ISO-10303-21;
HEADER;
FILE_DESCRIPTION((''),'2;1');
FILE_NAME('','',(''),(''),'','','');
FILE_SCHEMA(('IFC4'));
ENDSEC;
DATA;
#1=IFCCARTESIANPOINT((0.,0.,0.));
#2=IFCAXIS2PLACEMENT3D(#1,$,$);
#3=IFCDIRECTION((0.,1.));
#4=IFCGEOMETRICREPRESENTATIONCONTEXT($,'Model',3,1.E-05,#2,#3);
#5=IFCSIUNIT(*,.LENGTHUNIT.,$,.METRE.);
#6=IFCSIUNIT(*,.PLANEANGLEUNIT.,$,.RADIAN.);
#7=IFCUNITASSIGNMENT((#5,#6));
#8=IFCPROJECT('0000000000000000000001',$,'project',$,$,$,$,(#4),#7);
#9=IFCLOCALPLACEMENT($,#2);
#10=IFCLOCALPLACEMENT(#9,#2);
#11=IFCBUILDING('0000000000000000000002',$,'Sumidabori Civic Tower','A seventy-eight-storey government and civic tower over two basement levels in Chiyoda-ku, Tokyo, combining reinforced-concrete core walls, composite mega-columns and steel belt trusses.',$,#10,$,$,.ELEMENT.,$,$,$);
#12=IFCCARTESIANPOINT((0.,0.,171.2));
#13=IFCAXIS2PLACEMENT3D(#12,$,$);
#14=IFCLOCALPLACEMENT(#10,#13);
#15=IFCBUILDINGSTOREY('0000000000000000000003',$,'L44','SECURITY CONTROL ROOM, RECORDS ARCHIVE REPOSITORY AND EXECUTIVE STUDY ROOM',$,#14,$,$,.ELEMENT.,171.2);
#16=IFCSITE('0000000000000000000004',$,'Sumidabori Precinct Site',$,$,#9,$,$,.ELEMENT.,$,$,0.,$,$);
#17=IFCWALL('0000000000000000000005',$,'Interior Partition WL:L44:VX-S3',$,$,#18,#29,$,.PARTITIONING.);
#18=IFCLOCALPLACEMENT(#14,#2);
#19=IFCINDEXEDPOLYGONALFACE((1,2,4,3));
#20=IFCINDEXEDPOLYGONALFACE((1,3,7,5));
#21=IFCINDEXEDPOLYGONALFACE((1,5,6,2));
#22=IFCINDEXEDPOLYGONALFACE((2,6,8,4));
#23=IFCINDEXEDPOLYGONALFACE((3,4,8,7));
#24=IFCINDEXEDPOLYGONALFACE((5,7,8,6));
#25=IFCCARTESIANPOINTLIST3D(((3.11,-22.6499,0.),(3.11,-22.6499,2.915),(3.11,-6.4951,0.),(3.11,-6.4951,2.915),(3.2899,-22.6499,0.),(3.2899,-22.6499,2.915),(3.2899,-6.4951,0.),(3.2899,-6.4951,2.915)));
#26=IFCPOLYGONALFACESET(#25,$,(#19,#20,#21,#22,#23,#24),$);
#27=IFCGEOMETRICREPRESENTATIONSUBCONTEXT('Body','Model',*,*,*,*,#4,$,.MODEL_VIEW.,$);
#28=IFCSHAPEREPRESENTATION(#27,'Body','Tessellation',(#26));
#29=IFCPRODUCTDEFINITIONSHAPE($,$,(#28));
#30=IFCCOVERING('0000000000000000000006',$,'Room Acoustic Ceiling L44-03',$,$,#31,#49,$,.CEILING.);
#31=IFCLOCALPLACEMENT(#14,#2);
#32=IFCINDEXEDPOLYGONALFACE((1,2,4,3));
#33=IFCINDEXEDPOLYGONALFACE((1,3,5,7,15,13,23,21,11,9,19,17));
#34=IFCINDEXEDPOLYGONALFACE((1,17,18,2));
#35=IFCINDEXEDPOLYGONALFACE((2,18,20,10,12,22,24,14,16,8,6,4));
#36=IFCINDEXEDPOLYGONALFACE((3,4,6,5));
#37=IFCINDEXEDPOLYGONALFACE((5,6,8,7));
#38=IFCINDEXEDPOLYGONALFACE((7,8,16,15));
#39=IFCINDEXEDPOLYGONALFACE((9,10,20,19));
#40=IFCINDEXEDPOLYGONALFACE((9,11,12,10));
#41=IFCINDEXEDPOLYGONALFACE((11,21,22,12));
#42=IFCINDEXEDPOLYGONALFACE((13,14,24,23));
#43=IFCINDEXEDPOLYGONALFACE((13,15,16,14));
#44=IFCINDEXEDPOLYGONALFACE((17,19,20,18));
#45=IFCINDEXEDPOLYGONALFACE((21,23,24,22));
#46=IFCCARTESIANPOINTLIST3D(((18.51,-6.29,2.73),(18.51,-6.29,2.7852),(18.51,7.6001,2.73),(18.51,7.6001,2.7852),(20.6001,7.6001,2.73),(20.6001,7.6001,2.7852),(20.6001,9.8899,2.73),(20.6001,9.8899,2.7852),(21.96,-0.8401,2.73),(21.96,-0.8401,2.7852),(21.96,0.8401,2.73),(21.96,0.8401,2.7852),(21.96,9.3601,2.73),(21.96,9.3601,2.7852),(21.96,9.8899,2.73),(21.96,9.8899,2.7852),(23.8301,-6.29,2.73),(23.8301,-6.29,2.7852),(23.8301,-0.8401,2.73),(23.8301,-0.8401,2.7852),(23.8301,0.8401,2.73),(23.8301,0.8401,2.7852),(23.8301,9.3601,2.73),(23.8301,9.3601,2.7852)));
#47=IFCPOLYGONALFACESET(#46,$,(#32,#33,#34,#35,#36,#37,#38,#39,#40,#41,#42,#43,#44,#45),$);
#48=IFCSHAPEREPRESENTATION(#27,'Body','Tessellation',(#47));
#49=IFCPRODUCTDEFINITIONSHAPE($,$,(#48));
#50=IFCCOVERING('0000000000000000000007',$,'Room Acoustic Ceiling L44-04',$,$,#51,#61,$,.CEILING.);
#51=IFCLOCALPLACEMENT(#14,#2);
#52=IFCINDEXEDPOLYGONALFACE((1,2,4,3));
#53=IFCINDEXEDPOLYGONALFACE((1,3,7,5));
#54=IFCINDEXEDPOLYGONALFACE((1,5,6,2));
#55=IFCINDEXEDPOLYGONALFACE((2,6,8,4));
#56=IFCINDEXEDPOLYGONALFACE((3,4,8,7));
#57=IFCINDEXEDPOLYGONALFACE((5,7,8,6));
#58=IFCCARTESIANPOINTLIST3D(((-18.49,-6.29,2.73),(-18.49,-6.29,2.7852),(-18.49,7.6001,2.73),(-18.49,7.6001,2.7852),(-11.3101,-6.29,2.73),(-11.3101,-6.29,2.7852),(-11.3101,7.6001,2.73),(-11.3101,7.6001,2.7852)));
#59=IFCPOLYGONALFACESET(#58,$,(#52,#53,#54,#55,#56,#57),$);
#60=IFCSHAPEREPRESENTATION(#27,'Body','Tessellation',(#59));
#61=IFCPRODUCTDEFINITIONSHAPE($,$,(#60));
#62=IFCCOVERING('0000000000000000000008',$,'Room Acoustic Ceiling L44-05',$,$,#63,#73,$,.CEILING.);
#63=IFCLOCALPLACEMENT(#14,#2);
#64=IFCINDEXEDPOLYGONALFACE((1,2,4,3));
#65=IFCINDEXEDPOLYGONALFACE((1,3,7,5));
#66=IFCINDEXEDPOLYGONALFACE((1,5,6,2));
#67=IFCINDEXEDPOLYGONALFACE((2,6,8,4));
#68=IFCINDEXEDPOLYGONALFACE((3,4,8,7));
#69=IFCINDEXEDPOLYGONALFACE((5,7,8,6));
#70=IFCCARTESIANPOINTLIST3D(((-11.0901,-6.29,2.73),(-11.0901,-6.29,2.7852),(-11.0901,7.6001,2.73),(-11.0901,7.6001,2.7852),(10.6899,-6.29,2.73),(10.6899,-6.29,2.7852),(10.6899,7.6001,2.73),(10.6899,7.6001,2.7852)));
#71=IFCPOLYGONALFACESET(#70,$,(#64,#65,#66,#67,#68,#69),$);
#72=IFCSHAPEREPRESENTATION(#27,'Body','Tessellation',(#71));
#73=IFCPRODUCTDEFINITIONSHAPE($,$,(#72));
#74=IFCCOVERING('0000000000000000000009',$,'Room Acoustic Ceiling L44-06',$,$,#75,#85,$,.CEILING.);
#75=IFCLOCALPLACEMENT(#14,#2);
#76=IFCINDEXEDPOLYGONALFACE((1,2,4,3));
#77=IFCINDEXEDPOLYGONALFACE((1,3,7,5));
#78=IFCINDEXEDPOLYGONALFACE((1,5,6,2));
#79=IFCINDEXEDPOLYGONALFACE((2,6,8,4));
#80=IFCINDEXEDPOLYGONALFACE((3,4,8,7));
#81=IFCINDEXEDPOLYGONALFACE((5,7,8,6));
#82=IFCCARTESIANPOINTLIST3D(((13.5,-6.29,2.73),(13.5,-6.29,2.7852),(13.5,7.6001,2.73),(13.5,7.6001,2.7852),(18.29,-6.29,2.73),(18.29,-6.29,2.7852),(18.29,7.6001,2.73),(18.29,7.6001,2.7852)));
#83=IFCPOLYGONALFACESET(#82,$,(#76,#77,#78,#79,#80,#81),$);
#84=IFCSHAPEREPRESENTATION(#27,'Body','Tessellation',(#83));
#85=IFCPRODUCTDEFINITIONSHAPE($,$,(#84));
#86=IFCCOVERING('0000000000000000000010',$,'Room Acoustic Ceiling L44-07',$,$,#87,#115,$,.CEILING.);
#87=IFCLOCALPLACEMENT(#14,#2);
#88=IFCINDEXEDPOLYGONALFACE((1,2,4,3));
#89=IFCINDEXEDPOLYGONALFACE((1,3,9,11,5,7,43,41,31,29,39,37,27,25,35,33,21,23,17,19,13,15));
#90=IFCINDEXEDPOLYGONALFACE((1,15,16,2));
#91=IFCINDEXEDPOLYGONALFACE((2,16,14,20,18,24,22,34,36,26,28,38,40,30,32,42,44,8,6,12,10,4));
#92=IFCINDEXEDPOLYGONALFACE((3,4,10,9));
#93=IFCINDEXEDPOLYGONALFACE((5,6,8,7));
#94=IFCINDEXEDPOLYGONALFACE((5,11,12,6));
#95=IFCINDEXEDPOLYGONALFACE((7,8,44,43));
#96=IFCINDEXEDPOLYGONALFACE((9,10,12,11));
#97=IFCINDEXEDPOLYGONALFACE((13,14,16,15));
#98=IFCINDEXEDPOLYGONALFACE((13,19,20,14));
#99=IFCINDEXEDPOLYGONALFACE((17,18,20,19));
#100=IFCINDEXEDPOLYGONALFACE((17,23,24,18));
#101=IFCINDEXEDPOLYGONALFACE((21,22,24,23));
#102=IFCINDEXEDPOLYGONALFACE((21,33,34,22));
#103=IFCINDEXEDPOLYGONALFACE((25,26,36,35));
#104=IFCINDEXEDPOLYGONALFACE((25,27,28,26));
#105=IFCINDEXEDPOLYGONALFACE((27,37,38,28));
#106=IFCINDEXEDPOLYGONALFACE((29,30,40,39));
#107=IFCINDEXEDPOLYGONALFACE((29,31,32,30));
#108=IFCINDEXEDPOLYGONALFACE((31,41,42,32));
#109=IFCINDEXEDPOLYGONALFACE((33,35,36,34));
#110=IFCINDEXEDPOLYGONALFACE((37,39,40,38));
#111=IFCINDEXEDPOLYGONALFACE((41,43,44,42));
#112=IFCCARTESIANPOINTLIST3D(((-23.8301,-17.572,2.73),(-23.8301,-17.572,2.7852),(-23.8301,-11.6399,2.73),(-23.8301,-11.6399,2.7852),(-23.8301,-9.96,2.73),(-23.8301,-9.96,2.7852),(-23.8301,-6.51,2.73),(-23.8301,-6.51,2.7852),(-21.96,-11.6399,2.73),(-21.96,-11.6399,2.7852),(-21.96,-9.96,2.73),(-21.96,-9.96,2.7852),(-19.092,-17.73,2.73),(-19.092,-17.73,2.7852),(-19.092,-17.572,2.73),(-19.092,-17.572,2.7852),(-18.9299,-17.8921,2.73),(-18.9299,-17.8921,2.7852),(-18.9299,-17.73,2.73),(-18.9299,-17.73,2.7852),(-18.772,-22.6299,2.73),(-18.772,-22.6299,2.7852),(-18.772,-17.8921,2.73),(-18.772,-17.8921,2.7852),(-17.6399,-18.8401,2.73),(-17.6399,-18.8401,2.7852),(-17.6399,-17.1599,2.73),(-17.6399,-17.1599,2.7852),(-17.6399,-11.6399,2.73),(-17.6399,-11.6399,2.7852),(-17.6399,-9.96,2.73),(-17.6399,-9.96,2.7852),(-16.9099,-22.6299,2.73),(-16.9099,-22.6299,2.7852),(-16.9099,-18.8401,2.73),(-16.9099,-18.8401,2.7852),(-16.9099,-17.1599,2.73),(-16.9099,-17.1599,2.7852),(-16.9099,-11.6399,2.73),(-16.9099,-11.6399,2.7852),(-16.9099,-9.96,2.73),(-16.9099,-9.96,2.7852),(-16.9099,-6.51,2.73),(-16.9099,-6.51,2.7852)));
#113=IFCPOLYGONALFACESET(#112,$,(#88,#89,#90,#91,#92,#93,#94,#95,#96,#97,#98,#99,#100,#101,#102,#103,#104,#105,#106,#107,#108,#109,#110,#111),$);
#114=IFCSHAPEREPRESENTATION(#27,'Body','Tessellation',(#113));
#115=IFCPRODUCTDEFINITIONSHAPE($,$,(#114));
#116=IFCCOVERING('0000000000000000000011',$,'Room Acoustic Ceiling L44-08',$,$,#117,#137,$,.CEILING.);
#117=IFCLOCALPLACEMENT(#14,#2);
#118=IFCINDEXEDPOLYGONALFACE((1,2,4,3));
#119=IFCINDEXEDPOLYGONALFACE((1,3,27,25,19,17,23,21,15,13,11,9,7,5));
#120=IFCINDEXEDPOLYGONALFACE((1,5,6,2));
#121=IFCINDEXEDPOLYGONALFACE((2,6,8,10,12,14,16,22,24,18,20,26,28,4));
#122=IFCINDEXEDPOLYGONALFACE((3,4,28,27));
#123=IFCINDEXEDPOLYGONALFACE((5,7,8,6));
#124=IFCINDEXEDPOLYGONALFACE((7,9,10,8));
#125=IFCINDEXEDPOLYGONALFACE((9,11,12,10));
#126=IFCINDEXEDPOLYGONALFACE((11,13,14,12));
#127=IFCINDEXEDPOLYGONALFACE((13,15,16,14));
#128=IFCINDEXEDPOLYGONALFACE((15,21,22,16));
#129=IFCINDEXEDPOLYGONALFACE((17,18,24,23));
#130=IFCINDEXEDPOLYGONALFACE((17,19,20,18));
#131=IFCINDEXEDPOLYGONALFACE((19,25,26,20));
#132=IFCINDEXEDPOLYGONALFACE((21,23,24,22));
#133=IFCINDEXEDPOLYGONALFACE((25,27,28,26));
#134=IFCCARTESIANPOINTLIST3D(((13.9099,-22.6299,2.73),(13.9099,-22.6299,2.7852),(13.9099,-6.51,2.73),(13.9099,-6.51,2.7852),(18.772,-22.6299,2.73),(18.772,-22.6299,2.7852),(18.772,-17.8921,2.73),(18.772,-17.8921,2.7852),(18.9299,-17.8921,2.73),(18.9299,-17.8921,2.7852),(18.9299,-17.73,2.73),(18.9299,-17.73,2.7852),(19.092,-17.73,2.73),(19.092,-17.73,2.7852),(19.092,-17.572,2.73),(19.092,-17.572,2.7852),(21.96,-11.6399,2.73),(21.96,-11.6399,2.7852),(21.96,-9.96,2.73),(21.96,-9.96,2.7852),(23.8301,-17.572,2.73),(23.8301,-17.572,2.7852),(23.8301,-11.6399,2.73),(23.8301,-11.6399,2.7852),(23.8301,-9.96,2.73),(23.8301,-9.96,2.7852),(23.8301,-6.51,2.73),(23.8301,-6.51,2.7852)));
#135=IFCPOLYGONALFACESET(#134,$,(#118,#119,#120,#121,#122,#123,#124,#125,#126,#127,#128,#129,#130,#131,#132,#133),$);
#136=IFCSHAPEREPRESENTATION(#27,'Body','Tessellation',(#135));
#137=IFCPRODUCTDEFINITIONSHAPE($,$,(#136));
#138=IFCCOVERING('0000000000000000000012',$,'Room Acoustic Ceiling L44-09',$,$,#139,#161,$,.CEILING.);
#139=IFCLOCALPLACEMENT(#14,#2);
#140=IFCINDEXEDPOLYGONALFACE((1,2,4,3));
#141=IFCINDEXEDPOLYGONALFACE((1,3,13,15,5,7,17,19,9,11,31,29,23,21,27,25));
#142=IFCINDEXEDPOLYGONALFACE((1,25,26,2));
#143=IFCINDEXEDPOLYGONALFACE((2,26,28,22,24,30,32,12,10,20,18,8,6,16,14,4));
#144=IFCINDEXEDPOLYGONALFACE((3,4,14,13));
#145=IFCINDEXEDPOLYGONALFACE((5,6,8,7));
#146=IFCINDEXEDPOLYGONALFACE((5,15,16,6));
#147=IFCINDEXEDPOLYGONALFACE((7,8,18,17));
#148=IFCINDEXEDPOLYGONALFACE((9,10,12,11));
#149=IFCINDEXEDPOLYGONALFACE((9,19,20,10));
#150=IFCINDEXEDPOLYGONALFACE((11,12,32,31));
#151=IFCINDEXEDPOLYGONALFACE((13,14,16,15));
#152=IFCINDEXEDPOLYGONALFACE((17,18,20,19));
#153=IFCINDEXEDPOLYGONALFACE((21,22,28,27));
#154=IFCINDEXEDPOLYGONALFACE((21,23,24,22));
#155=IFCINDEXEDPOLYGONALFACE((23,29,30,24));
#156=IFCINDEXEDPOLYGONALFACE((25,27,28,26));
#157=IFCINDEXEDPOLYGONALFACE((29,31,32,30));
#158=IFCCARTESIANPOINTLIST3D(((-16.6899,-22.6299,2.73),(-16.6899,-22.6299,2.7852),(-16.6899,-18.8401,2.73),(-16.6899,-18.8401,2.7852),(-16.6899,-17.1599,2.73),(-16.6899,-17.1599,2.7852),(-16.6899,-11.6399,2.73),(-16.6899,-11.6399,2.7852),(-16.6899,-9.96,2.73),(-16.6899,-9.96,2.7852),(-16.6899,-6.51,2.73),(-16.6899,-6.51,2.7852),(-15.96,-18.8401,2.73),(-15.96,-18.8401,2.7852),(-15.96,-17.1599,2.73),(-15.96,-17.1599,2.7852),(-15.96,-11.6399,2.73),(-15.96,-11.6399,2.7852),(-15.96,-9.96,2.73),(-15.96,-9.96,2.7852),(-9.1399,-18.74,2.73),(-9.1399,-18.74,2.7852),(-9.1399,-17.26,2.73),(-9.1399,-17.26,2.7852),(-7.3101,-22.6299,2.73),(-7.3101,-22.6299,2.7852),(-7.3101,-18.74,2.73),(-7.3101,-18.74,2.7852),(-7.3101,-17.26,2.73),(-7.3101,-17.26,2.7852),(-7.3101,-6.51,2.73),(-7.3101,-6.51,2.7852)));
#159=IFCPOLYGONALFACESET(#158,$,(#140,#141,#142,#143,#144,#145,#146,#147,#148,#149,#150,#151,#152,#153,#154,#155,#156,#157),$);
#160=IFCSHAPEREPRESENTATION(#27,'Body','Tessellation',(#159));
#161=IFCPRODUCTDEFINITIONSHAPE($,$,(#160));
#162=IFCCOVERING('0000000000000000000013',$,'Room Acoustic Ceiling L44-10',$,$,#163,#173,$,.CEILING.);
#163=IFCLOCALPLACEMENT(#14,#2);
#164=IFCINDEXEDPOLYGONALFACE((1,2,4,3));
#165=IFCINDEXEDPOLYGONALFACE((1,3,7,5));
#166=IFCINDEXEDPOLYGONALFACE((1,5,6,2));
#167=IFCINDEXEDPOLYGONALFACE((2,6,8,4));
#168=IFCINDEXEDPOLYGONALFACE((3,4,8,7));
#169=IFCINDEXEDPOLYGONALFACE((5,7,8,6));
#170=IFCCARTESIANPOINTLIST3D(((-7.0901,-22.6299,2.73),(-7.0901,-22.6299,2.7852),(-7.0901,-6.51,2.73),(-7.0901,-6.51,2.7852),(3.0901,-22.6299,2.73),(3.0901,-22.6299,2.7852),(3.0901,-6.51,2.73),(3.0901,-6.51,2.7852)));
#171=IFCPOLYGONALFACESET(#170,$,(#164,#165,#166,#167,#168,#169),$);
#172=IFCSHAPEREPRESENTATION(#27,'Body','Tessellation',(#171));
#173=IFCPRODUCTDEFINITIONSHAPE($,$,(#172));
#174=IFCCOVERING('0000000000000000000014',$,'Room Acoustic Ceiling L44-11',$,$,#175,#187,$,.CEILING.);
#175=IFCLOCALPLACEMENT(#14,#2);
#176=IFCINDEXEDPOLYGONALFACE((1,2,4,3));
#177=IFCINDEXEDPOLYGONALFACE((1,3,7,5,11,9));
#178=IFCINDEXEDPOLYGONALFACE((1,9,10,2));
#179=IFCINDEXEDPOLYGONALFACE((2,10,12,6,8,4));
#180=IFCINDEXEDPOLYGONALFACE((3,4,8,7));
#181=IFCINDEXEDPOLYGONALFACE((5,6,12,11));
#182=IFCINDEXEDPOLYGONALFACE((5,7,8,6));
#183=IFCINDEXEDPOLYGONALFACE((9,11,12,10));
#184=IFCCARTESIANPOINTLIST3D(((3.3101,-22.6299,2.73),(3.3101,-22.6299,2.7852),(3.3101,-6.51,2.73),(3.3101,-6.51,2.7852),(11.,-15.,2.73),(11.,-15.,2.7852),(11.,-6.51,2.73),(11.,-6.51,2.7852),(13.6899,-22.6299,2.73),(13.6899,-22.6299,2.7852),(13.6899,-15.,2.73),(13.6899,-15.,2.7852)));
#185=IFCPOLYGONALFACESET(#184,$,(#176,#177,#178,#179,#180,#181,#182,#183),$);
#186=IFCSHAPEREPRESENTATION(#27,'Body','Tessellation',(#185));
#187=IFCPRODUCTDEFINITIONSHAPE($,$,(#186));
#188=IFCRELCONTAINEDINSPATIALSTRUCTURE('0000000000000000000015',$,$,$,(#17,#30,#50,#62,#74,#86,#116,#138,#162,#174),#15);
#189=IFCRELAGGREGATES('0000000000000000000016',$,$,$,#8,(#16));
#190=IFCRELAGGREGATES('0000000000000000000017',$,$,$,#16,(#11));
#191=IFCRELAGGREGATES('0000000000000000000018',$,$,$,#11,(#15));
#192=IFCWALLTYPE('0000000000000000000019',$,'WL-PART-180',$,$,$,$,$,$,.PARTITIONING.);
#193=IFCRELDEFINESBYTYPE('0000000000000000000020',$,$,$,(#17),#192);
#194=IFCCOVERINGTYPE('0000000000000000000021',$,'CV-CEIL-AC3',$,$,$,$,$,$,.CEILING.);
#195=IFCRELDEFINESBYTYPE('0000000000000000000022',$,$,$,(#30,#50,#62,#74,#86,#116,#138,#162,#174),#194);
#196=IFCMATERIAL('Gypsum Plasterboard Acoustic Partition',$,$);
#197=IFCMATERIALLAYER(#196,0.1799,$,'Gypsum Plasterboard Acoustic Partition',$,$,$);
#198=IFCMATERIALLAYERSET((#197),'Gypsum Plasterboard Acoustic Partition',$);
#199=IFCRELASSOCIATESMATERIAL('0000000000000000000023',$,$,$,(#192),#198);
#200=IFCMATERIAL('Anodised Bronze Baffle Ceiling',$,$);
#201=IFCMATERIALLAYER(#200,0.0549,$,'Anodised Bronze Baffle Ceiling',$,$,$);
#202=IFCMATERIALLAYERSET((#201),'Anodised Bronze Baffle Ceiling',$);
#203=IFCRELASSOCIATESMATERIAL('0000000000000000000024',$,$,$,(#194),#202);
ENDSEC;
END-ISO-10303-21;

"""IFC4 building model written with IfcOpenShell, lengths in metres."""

from ifc_helpers import new_model, si_unit, direction, frame, frame_2d, origin, place, context, subcontext, project, spatial, polyline, rectangle, outline, extrude, source, transform, mapped, material, layer, layer_set, type_object, element, save


model = new_model("IFC4")

# Units and contexts
model_context = context("Model", 3, precision=1e-05, world=origin(), true_north=direction((0.0, 1.0)))
body_context = subcontext(model_context, "Body", "Model", "MODEL_VIEW")
ifc_project = project(units=[si_unit("LENGTHUNIT", "METRE"), si_unit("PLANEANGLEUNIT", "RADIAN")], contexts=[model_context])

# Site, building, storey
site_placement = place(None, origin())
site = spatial("IfcSite", under=ifc_project, at=site_placement, Name="Sumidabori Precinct Site", CompositionType="ELEMENT", RefElevation=0.0)
building_placement = place(site_placement, origin())
building = spatial("IfcBuilding", under=site, at=building_placement, Name="Sumidabori Civic Tower", Description="A seventy-eight-storey government and civic tower over two basement levels in Chiyoda-ku, Tokyo, combining reinforced-concrete core walls, composite mega-columns and steel belt trusses.", CompositionType="ELEMENT")
storey_placement = place(building_placement, frame((0.0, 0.0, 171.2)))
storey = spatial("IfcBuildingStorey", under=building, at=storey_placement, Name="L44", Description="SECURITY CONTROL ROOM, RECORDS ARCHIVE REPOSITORY AND EXECUTIVE STUDY ROOM", CompositionType="ELEMENT", Elevation=171.2)

# Wall
ifc_material_1 = material(Name="Gypsum Plasterboard Acoustic Partition")
ifc_layer_1 = layer(ifc_material_1, 0.1799, Name="Gypsum Plasterboard Acoustic Partition")
ifc_layer_set_1 = layer_set([ifc_layer_1], Name="Gypsum Plasterboard Acoustic Partition")
wall_type = type_object("IfcWallType", Name="WL-PART-180", PredefinedType="PARTITIONING", material=ifc_layer_set_1)
shared_shape_1 = source(origin(), body_context, "Body", "SweptSolid", [
    extrude(rectangle(XDim=16.1548, YDim=0.1799, at=frame_2d((8.0774, 0.0))), origin(), (0.0, 0.0, 1.0), 2.915),
])
wall_placement = place(storey_placement, frame((3.2, -22.6499, 0.0), z_axis=(0.0, 0.0, 1.0), x_axis=(0.0, 1.0, 0.0)))
element("IfcWall", 1, at=wall_placement, inside=storey, type_object=wall_type, Name="Interior Partition WL:L44:VX-S3", PredefinedType="PARTITIONING", context=body_context, shape_type="MappedRepresentation", body=[
    mapped(shared_shape_1, transform((0.0, 0.0, 0.0), x_axis=(1.0, 0.0, 0.0), y_axis=(0.0, 1.0, 0.0), z_axis=(0.0, 0.0, 1.0), scale=1.0)),
])

# Coverings
ifc_material_2 = material(Name="Anodised Bronze Baffle Ceiling")
ifc_layer_2 = layer(ifc_material_2, 0.0549, Name="Anodised Bronze Baffle Ceiling")
ifc_layer_set_2 = layer_set([ifc_layer_2], Name="Anodised Bronze Baffle Ceiling")
covering_type_1 = type_object("IfcCoveringType", Name="CV-CEIL-AC3", PredefinedType="CEILING", material=ifc_layer_set_2)
covering_1_placement = place(storey_placement, frame((0.0, 0.0, 2.73)))
element("IfcCovering", 2, at=covering_1_placement, inside=storey, type_object=covering_type_1, Name="Room Acoustic Ceiling L44-03", PredefinedType="CEILING", context=body_context, shape_type="SweptSolid", body=[
    extrude(outline(polyline([(18.51, 7.6001), (20.6001, 7.6001), (20.6001, 9.8899), (21.96, 9.8899), (21.96, 9.3601), (23.8301, 9.3601), (23.8301, 0.8401), (21.96, 0.8401), (21.96, -0.8401), (23.8301, -0.8401), (23.8301, -6.29), (18.51, -6.29), (18.51, 7.6001)])), origin(), (0.0, 0.0, 1.0), 0.0552),
])
covering_2_placement = place(storey_placement, frame((0.0, 0.0, 2.73)))
element("IfcCovering", 3, at=covering_2_placement, inside=storey, type_object=covering_type_1, Name="Room Acoustic Ceiling L44-04", PredefinedType="CEILING", context=body_context, shape_type="SweptSolid", body=[
    extrude(outline(polyline([(-18.49, 7.6001), (-11.3101, 7.6001), (-11.3101, -6.29), (-18.49, -6.29), (-18.49, 7.6001)])), origin(), (0.0, 0.0, 1.0), 0.0552),
])
covering_3_placement = place(storey_placement, frame((0.0, 0.0, 2.73)))
element("IfcCovering", 4, at=covering_3_placement, inside=storey, type_object=covering_type_1, Name="Room Acoustic Ceiling L44-05", PredefinedType="CEILING", context=body_context, shape_type="SweptSolid", body=[
    extrude(outline(polyline([(-11.0901, 7.6001), (10.6899, 7.6001), (10.6899, -6.29), (-11.0901, -6.29), (-11.0901, 7.6001)])), origin(), (0.0, 0.0, 1.0), 0.0552),
])
covering_4_placement = place(storey_placement, frame((0.0, 0.0, 2.73)))
element("IfcCovering", 5, at=covering_4_placement, inside=storey, type_object=covering_type_1, Name="Room Acoustic Ceiling L44-06", PredefinedType="CEILING", context=body_context, shape_type="SweptSolid", body=[
    extrude(outline(polyline([(13.5, 7.6001), (18.29, 7.6001), (18.29, -6.29), (13.5, -6.29), (13.5, 7.6001)])), origin(), (0.0, 0.0, 1.0), 0.0552),
])
covering_5_placement = place(storey_placement, frame((0.0, 0.0, 2.73)))
element("IfcCovering", 6, at=covering_5_placement, inside=storey, type_object=covering_type_1, Name="Room Acoustic Ceiling L44-07", PredefinedType="CEILING", context=body_context, shape_type="SweptSolid", body=[
    extrude(outline(polyline([(-21.96, -11.6399), (-21.96, -9.96), (-23.8301, -9.96), (-23.8301, -6.51), (-16.9099, -6.51), (-16.9099, -9.96), (-17.6399, -9.96), (-17.6399, -11.6399), (-16.9099, -11.6399), (-16.9099, -17.1599), (-17.6399, -17.1599), (-17.6399, -18.8401), (-16.9099, -18.8401), (-16.9099, -22.6299), (-18.772, -22.6299), (-18.772, -17.8921), (-18.9299, -17.8921), (-18.9299, -17.73), (-19.092, -17.73), (-19.092, -17.572), (-23.8301, -17.572), (-23.8301, -11.6399), (-21.96, -11.6399)])), origin(), (0.0, 0.0, 1.0), 0.0552),
])
covering_6_placement = place(storey_placement, frame((0.0, 0.0, 2.73)))
element("IfcCovering", 7, at=covering_6_placement, inside=storey, type_object=covering_type_1, Name="Room Acoustic Ceiling L44-08", PredefinedType="CEILING", context=body_context, shape_type="SweptSolid", body=[
    extrude(outline(polyline([(13.9099, -6.51), (23.8301, -6.51), (23.8301, -9.96), (21.96, -9.96), (21.96, -11.6399), (23.8301, -11.6399), (23.8301, -17.572), (19.092, -17.572), (19.092, -17.73), (18.9299, -17.73), (18.9299, -17.8921), (18.772, -17.8921), (18.772, -22.6299), (13.9099, -22.6299), (13.9099, -6.51)])), origin(), (0.0, 0.0, 1.0), 0.0552),
])
covering_7_placement = place(storey_placement, frame((0.0, 0.0, 2.73)))
element("IfcCovering", 8, at=covering_7_placement, inside=storey, type_object=covering_type_1, Name="Room Acoustic Ceiling L44-09", PredefinedType="CEILING", context=body_context, shape_type="SweptSolid", body=[
    extrude(outline(polyline([(-16.6899, -18.8401), (-15.96, -18.8401), (-15.96, -17.1599), (-16.6899, -17.1599), (-16.6899, -11.6399), (-15.96, -11.6399), (-15.96, -9.96), (-16.6899, -9.96), (-16.6899, -6.51), (-7.3101, -6.51), (-7.3101, -17.26), (-9.1399, -17.26), (-9.1399, -18.74), (-7.3101, -18.74), (-7.3101, -22.6299), (-16.6899, -22.6299), (-16.6899, -18.8401)])), origin(), (0.0, 0.0, 1.0), 0.0552),
])
covering_8_placement = place(storey_placement, frame((0.0, 0.0, 2.73)))
element("IfcCovering", 9, at=covering_8_placement, inside=storey, type_object=covering_type_1, Name="Room Acoustic Ceiling L44-10", PredefinedType="CEILING", context=body_context, shape_type="SweptSolid", body=[
    extrude(outline(polyline([(-7.0901, -6.51), (3.0901, -6.51), (3.0901, -22.6299), (-7.0901, -22.6299), (-7.0901, -6.51)])), origin(), (0.0, 0.0, 1.0), 0.0552),
])
covering_9_placement = place(storey_placement, frame((0.0, 0.0, 2.73)))
element("IfcCovering", 10, at=covering_9_placement, inside=storey, type_object=covering_type_1, Name="Room Acoustic Ceiling L44-11", PredefinedType="CEILING", context=body_context, shape_type="SweptSolid", body=[
    extrude(outline(polyline([(3.3101, -6.51), (11.0, -6.51), (11.0, -15.0), (13.6899, -15.0), (13.6899, -22.6299), (3.3101, -22.6299), (3.3101, -6.51)])), origin(), (0.0, 0.0, 1.0), 0.0552),
])

save(model, "model.ifc")
